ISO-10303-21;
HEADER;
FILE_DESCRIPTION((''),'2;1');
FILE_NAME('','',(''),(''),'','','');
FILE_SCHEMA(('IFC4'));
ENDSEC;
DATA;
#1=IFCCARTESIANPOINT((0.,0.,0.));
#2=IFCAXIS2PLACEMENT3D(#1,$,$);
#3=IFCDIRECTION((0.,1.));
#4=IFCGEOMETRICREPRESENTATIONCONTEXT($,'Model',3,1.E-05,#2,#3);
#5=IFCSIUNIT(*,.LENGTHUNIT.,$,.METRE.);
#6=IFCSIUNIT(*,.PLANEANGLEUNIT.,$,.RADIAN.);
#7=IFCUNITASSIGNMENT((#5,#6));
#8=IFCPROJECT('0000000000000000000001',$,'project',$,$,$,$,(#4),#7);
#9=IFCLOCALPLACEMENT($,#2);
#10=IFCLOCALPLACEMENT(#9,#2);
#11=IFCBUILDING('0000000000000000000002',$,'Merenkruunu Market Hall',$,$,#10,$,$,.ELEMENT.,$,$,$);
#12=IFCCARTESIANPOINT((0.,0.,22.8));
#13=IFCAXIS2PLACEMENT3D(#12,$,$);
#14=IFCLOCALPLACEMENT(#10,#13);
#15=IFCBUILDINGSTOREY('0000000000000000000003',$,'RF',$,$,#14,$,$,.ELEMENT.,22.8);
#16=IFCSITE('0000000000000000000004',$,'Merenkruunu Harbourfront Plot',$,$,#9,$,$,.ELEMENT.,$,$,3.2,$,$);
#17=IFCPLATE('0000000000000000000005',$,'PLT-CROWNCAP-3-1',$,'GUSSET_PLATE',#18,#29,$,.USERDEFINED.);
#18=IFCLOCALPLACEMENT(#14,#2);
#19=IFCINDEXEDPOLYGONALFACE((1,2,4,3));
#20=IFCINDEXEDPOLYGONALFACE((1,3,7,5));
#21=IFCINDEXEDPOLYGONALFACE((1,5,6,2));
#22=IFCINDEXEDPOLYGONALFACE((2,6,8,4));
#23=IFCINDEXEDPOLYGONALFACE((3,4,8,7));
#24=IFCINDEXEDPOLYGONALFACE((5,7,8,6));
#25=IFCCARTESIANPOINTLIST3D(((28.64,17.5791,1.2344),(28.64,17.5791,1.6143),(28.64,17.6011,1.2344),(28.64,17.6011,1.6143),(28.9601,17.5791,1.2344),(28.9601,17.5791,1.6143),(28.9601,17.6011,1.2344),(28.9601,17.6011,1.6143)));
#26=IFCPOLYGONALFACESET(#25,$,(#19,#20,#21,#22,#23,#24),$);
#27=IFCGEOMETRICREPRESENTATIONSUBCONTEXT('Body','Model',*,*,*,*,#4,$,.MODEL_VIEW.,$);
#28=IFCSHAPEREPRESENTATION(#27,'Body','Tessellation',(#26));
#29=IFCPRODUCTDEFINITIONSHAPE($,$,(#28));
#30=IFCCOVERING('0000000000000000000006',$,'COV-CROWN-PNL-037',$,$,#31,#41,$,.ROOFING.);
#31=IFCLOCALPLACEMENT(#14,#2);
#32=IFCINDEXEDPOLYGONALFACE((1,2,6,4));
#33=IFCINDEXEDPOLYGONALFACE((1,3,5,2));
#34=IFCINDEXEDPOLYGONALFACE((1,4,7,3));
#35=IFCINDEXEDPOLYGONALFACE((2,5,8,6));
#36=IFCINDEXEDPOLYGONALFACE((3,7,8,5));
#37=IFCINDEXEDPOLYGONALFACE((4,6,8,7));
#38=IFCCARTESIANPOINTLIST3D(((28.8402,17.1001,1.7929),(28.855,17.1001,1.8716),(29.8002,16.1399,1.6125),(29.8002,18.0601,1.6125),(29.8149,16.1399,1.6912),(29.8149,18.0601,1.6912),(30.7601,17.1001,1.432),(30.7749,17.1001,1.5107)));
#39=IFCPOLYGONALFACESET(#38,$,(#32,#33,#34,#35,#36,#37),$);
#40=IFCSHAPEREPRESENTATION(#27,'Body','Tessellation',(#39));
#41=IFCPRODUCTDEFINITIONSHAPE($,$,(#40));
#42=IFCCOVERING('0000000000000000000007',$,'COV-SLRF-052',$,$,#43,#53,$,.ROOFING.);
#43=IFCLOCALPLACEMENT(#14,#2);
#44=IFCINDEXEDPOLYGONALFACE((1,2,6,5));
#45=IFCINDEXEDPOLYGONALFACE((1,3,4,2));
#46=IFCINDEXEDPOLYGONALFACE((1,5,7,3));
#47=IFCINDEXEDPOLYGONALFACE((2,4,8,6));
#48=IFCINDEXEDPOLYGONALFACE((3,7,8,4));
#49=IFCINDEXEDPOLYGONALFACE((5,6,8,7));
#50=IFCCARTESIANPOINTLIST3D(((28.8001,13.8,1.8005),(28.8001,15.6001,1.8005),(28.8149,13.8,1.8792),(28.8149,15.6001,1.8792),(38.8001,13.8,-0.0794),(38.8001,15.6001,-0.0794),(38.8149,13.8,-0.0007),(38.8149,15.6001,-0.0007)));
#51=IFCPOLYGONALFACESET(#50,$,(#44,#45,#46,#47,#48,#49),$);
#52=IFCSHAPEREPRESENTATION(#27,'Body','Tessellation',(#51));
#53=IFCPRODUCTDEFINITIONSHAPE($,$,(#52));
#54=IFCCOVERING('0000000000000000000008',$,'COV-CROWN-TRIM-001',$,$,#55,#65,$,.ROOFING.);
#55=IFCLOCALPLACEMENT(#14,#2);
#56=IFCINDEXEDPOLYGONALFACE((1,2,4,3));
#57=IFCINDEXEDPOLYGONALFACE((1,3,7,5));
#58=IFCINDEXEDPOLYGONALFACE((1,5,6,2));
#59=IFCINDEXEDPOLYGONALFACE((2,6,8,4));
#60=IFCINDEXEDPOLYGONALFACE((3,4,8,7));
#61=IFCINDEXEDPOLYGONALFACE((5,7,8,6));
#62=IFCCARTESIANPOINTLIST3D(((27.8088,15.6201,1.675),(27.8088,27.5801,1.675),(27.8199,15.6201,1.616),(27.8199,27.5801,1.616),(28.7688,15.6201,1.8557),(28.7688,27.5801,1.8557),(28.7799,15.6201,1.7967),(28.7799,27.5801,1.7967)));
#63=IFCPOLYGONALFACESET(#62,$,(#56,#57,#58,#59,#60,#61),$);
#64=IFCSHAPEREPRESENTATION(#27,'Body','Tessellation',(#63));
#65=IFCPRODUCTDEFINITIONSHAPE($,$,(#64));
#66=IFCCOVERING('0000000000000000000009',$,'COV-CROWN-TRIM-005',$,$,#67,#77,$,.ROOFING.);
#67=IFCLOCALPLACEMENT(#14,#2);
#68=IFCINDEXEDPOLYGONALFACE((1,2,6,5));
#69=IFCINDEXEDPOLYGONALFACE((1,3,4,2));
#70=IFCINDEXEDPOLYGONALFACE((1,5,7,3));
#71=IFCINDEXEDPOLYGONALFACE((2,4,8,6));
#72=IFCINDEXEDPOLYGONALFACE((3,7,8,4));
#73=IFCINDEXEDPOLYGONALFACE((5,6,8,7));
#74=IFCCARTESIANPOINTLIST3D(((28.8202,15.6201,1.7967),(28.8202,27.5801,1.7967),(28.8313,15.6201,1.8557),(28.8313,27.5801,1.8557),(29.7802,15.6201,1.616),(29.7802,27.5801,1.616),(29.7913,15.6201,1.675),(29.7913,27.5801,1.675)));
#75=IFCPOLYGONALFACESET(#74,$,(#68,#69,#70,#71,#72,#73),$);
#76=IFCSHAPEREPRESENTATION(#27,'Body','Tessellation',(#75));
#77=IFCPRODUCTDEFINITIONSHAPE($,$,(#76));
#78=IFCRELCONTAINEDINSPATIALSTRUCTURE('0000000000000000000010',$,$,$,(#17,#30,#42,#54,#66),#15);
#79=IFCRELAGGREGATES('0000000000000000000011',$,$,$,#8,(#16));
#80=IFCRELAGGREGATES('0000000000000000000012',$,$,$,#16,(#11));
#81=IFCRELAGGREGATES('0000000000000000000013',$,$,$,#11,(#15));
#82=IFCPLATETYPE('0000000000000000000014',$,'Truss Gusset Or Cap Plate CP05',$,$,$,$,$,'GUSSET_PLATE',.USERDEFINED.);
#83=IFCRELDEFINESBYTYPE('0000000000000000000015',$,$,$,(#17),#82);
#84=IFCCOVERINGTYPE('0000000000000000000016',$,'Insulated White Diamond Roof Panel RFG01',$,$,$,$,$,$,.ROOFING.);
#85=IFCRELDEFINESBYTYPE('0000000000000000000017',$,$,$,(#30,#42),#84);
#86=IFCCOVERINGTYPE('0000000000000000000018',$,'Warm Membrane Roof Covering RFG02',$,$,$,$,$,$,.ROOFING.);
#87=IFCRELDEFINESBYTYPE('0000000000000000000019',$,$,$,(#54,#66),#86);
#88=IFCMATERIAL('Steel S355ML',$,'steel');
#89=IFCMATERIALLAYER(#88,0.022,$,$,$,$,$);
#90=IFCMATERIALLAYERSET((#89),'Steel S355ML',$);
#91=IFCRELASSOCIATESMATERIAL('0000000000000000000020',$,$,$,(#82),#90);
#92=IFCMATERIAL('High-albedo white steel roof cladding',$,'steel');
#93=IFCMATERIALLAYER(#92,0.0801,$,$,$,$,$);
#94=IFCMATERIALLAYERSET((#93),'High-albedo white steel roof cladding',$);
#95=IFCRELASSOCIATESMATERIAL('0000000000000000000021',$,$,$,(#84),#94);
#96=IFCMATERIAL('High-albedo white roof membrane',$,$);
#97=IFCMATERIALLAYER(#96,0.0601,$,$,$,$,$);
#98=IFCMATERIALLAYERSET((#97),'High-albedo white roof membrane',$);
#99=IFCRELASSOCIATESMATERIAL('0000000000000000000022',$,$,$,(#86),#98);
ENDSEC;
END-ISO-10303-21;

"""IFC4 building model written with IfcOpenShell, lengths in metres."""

from ifc_helpers import new_model, si_unit, direction, frame, origin, origin_2d, place, context, subcontext, project, spatial, polyline, rectangle, outline, extrude, material, layer, layer_set, type_object, element, save


model = new_model("IFC4")

# Units and contexts
model_context = context("Model", 3, precision=1e-05, world=origin(), true_north=direction((0.0, 1.0)))
body_context = subcontext(model_context, "Body", "Model", "MODEL_VIEW")
ifc_project = project(units=[si_unit("LENGTHUNIT", "METRE"), si_unit("PLANEANGLEUNIT", "RADIAN")], contexts=[model_context])

# Site, building, storey
site_placement = place(None, origin())
site = spatial("IfcSite", under=ifc_project, at=site_placement, Name="Merenkruunu Harbourfront Plot", CompositionType="ELEMENT", RefElevation=3.2)
building_placement = place(site_placement, origin())
building = spatial("IfcBuilding", under=site, at=building_placement, Name="Merenkruunu Market Hall", CompositionType="ELEMENT")
storey_placement = place(building_placement, frame((0.0, 0.0, 22.8)))
storey = spatial("IfcBuildingStorey", under=building, at=storey_placement, Name="RF", CompositionType="ELEMENT", Elevation=22.8)

# Shared definitions
ifc_material_1 = material(Name="Steel S355ML", Category="steel")

# Plate
ifc_layer_1 = layer(ifc_material_1, 0.022)
ifc_layer_set_1 = layer_set([ifc_layer_1], Name="Steel S355ML")
plate_type_1 = type_object("IfcPlateType", Name="Truss Gusset Or Cap Plate CP05", ElementType="GUSSET_PLATE", PredefinedType="USERDEFINED", material=ifc_layer_set_1)
plate_1_placement = place(storey_placement, frame((28.8, 17.5901, 1.2344), z_axis=(0.0, 0.0, 1.0), x_axis=(1.0, 0.0, 0.0)))
element("IfcPlate", 1, at=plate_1_placement, inside=storey, type_object=plate_type_1, Name="PLT-CROWNCAP-3-1", ObjectType="GUSSET_PLATE", PredefinedType="USERDEFINED", context=body_context, shape_type="SweptSolid", body=[
    extrude(rectangle(XDim=0.3201, YDim=0.022, at=origin_2d()), origin(), (0.0, 0.0, 1.0), 0.3799),
])

# Coverings
ifc_material_2 = material(Name="High-albedo white steel roof cladding", Category="steel")
ifc_layer_2 = layer(ifc_material_2, 0.0801)
ifc_layer_set_2 = layer_set([ifc_layer_2], Name="High-albedo white steel roof cladding")
covering_type_1 = type_object("IfcCoveringType", Name="Insulated White Diamond Roof Panel RFG01", PredefinedType="ROOFING", material=ifc_layer_set_2)
covering_1_placement = place(storey_placement, frame((28.855, 17.1001, 1.8716), z_axis=(0.184711, 0.0, 0.982793), x_axis=(0.700856, -0.701035, -0.131722)))
element("IfcCovering", 2, at=covering_1_placement, inside=storey, type_object=covering_type_1, Name="COV-CROWN-PNL-037", PredefinedType="ROOFING", context=body_context, shape_type="SweptSolid", body=[
    extrude(outline(polyline([(0.0, 0.0), (1.3697, 0.0), (1.3931, 1.3695), (0.0236, 1.3693), (0.0, 0.0)])), origin(), (0.0, 0.0, -1.0), 0.0801),
])
covering_2_placement = place(storey_placement, frame((28.8149, 13.8, 1.8792), z_axis=(0.184752, 0.0, 0.982785), x_axis=(0.982785, 0.0, -0.184752)))
element("IfcCovering", 3, at=covering_2_placement, inside=storey, type_object=covering_type_1, Name="COV-SLRF-052", PredefinedType="ROOFING", context=body_context, shape_type="SweptSolid", body=[
    extrude(outline(polyline([(0.0, 0.0), (10.1752, 0.0), (10.1752, 1.8), (0.0, 1.8), (0.0, 0.0)])), origin(), (0.0, 0.0, -1.0), 0.0801),
])
ifc_material_3 = material(Name="High-albedo white roof membrane")
ifc_layer_3 = layer(ifc_material_3, 0.0601)
ifc_layer_set_3 = layer_set([ifc_layer_3], Name="High-albedo white roof membrane")
covering_type_2 = type_object("IfcCoveringType", Name="Warm Membrane Roof Covering RFG02", PredefinedType="ROOFING", material=ifc_layer_set_3)
for number, where, z_axis, x_axis, name in (
    (4, (27.8088, 15.6201, 1.675), (-0.184952, 0.0, 0.982747), (0.982747, 0.0, 0.184952), "COV-CROWN-TRIM-001"),
    (5, (28.8313, 15.6201, 1.8557), (0.184952, 0.0, 0.982747), (0.982747, 0.0, -0.184952), "COV-CROWN-TRIM-005"),
):
    element("IfcCovering", number, at=place(storey_placement, frame(where, z_axis=z_axis, x_axis=x_axis)), inside=storey, type_object=covering_type_2, Name=name, PredefinedType="ROOFING", context=body_context, shape_type="SweptSolid", body=[
        extrude(outline(polyline([(0.0, 0.0), (0.9768, 0.0), (0.9768, 11.96), (0.0, 11.96), (0.0, 0.0)])), origin(), (0.0, 0.0, -1.0), 0.0601),
    ])

save(model, "model.ifc")
